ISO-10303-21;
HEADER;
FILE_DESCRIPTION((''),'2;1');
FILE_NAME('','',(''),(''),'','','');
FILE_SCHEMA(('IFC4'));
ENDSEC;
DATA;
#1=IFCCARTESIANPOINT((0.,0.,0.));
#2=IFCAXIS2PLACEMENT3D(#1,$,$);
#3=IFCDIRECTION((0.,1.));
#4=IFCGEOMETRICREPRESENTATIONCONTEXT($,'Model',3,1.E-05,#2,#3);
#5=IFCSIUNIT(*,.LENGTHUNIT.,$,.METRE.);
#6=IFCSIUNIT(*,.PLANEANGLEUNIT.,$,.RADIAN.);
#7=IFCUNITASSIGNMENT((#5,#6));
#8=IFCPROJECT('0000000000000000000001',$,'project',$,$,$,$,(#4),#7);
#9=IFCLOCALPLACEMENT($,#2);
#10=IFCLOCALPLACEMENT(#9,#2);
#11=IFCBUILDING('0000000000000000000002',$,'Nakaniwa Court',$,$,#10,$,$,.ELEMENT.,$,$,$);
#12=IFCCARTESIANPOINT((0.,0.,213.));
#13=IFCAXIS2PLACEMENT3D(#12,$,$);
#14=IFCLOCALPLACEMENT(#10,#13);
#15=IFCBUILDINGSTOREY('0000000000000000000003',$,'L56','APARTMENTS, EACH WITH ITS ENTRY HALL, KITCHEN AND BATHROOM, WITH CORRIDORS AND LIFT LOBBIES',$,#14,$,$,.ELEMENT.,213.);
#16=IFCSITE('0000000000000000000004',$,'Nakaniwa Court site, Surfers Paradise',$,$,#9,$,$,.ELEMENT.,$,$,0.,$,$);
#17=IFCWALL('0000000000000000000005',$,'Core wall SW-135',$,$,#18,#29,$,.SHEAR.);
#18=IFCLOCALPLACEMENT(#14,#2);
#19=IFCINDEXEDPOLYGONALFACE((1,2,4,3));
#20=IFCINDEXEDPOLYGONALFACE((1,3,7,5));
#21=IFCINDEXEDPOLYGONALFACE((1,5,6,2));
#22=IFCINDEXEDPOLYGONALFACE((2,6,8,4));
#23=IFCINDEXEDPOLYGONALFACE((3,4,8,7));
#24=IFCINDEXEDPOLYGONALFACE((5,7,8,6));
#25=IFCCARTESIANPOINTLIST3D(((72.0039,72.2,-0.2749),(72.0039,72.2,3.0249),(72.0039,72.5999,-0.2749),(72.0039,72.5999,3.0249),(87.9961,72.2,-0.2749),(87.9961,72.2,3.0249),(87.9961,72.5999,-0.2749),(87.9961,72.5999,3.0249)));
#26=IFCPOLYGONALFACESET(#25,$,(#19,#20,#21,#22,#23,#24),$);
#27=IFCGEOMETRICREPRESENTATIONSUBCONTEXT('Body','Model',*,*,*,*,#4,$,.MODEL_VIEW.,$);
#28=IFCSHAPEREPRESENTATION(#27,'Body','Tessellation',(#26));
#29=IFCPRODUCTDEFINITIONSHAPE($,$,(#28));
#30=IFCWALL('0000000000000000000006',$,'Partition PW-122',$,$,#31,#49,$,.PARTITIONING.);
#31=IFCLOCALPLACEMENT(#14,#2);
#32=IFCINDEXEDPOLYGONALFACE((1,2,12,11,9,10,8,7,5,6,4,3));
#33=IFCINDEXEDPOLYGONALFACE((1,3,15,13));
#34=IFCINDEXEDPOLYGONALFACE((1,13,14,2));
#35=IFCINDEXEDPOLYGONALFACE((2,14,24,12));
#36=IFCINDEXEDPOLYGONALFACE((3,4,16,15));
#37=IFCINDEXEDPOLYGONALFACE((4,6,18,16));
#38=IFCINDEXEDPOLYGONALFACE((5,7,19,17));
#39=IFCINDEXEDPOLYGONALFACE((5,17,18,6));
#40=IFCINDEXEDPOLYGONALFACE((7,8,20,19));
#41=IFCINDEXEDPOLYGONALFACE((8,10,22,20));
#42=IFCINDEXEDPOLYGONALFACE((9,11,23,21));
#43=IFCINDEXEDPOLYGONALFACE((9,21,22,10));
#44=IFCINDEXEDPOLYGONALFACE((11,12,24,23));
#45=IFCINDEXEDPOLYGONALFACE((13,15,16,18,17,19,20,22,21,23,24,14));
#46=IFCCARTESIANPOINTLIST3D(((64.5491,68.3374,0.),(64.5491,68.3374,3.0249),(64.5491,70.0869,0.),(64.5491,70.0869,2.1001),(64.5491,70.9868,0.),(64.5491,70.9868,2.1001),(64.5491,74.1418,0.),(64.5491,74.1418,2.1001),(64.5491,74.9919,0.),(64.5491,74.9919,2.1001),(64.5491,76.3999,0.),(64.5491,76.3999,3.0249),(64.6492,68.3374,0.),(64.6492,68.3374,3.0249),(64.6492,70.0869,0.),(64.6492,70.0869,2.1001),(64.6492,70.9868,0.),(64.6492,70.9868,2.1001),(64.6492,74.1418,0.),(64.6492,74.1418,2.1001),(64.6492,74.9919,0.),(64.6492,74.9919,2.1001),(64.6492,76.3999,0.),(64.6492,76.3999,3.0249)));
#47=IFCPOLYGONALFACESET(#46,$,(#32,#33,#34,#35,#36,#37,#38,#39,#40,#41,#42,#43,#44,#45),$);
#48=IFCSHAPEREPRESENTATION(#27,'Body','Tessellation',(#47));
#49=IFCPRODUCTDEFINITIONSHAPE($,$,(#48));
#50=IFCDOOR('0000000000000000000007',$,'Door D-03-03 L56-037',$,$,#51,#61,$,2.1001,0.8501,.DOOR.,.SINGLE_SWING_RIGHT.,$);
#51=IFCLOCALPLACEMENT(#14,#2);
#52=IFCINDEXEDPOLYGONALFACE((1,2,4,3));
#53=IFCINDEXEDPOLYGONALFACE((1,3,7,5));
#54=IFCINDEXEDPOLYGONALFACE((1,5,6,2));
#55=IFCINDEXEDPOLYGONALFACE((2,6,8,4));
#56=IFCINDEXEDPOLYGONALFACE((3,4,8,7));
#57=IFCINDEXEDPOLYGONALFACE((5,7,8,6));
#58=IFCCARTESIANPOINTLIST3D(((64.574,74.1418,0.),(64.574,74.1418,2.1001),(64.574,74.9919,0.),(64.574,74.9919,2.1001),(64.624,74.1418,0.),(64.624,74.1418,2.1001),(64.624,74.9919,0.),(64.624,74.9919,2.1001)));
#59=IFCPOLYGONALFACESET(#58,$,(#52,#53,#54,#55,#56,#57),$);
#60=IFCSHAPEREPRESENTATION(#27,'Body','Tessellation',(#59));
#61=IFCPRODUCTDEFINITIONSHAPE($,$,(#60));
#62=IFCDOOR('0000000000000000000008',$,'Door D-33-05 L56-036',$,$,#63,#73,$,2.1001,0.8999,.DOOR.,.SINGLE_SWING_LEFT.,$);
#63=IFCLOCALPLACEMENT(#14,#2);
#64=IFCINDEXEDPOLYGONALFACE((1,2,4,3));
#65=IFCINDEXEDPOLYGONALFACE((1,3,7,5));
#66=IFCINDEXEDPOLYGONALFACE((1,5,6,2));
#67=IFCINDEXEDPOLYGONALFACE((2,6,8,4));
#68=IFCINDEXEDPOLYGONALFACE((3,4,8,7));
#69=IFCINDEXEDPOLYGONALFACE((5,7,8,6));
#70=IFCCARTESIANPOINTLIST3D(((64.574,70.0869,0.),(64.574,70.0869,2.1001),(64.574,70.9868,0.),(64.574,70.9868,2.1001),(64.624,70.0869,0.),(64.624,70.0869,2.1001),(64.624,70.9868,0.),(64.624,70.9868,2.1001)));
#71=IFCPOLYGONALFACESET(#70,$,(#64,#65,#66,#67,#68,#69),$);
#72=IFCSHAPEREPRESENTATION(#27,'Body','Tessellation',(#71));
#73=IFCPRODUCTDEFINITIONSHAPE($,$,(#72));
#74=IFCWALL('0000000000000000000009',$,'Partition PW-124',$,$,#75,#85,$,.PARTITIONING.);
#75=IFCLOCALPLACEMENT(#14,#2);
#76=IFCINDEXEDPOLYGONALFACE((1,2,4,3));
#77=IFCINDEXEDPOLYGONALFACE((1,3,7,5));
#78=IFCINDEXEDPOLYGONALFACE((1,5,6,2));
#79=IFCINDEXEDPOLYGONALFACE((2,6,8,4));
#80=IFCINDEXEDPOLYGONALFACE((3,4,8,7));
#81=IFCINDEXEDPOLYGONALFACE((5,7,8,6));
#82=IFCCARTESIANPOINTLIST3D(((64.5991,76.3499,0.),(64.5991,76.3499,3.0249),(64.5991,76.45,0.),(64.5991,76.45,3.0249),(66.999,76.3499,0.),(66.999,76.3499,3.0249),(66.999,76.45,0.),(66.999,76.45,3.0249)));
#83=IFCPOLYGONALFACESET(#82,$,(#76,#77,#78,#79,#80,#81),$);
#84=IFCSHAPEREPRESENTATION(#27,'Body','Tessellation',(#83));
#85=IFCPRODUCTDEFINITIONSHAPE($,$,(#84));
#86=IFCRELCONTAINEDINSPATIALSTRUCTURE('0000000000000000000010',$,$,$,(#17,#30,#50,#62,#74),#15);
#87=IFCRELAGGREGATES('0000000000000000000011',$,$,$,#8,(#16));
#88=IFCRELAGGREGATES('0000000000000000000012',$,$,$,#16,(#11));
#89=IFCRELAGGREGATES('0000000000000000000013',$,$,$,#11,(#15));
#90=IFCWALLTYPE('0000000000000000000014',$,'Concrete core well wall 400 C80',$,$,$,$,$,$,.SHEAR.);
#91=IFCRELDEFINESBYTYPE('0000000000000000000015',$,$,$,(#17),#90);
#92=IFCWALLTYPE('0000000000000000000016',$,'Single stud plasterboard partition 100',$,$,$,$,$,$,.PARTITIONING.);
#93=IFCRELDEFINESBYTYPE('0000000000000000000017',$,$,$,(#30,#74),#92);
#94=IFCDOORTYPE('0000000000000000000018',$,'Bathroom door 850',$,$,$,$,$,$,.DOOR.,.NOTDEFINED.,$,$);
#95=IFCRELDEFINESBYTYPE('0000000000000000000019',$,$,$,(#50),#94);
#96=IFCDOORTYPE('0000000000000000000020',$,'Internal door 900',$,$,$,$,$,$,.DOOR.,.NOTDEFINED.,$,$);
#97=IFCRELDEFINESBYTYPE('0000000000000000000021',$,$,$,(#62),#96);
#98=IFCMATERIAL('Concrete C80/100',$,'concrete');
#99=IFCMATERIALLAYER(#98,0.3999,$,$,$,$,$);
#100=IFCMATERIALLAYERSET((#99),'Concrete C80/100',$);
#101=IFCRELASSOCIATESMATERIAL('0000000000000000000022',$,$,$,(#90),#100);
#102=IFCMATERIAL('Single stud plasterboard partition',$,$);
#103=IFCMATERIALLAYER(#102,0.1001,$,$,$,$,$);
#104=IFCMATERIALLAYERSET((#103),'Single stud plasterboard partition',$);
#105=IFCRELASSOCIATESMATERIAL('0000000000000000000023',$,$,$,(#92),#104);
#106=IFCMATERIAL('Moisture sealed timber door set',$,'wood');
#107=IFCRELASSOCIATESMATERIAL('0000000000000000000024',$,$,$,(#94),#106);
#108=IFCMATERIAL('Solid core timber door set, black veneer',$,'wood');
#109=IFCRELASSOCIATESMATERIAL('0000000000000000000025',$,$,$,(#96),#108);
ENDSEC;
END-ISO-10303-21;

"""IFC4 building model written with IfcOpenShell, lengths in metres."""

from ifc_helpers import new_model, si_unit, direction, frame, frame_2d, origin, place, context, subcontext, project, spatial, rectangle, extrude, material, layer, layer_set, type_object, element, fill, save


model = new_model("IFC4")

# Units and contexts
model_context = context("Model", 3, precision=1e-05, world=origin(), true_north=direction((0.0, 1.0)))
body_context = subcontext(model_context, "Body", "Model", "MODEL_VIEW")
ifc_project = project(units=[si_unit("LENGTHUNIT", "METRE"), si_unit("PLANEANGLEUNIT", "RADIAN")], contexts=[model_context])

# Site, building, storey
site_placement = place(None, origin())
site = spatial("IfcSite", under=ifc_project, at=site_placement, Name="Nakaniwa Court site, Surfers Paradise", CompositionType="ELEMENT", RefElevation=0.0)
building_placement = place(site_placement, origin())
building = spatial("IfcBuilding", under=site, at=building_placement, Name="Nakaniwa Court", CompositionType="ELEMENT")
storey_placement = place(building_placement, frame((0.0, 0.0, 213.0)))
storey = spatial("IfcBuildingStorey", under=building, at=storey_placement, Name="L56", Description="APARTMENTS, EACH WITH ITS ENTRY HALL, KITCHEN AND BATHROOM, WITH CORRIDORS AND LIFT LOBBIES", CompositionType="ELEMENT", Elevation=213.0)

# Shared definitions
ifc_material_1 = material(Name="Concrete C80/100", Category="concrete")

# Shared definitions
ifc_material_2 = material(Name="Solid core timber door set, black veneer", Category="wood")

# Wall
ifc_layer_1 = layer(ifc_material_1, 0.3999)
ifc_layer_set_1 = layer_set([ifc_layer_1], Name="Concrete C80/100")
wall_type_1 = type_object("IfcWallType", Name="Concrete core well wall 400 C80", PredefinedType="SHEAR", material=ifc_layer_set_1)
wall_1_placement = place(storey_placement, frame((72.0039, 72.3999, -0.2749), z_axis=(0.0, 0.0, 1.0), x_axis=(1.0, 0.0, 0.0)))
element("IfcWall", 1, at=wall_1_placement, inside=storey, type_object=wall_type_1, Name="Core wall SW-135", PredefinedType="SHEAR", context=body_context, shape_type="SweptSolid", body=[
    extrude(rectangle(XDim=15.9922, YDim=0.3999, at=frame_2d((7.9961, 0.0))), origin(), (0.0, 0.0, 1.0), 3.2998),
])

# Wall, openings, doors
ifc_material_3 = material(Name="Single stud plasterboard partition")
ifc_layer_2 = layer(ifc_material_3, 0.1001)
ifc_layer_set_2 = layer_set([ifc_layer_2], Name="Single stud plasterboard partition")
wall_type_2 = type_object("IfcWallType", Name="Single stud plasterboard partition 100", PredefinedType="PARTITIONING", material=ifc_layer_set_2)
wall_2_placement = place(storey_placement, frame((64.5991, 76.3999, 0.0), z_axis=(0.0, 0.0, 1.0), x_axis=(0.0, -1.0, 0.0)))
wall_2 = element("IfcWall", 2, at=wall_2_placement, inside=storey, type_object=wall_type_2, Name="Partition PW-122", PredefinedType="PARTITIONING", context=body_context, shape_type="SweptSolid", body=[
    extrude(rectangle(XDim=8.0625, YDim=0.1001, at=frame_2d((4.0312, 0.0))), origin(), (0.0, 0.0, 1.0), 3.0249),
])
opening_1_placement = place(wall_2_placement, frame((5.4131, 0.0, 0.0)))
opening_1 = element("IfcOpeningElement", 3, at=opening_1_placement, cuts=wall_2, PredefinedType="OPENING", context=body_context, shape_type="SweptSolid", body=[
    extrude(rectangle(XDim=0.8999, YDim=2.1001, at=frame_2d((0.45, 1.05))), frame((0.0, 0.0601, 0.0), z_axis=(0.0, -1.0, 0.0), x_axis=(1.0, 0.0, 0.0)), (0.0, 0.0, 1.0), 0.1201),
])
opening_2_placement = place(wall_2_placement, frame((1.408, 0.0, 0.0)))
opening_2 = element("IfcOpeningElement", 4, at=opening_2_placement, cuts=wall_2, PredefinedType="OPENING", context=body_context, shape_type="SweptSolid", body=[
    extrude(rectangle(XDim=0.8501, YDim=2.1001, at=frame_2d((0.425, 1.05))), frame((0.0, 0.0601, 0.0), z_axis=(0.0, -1.0, 0.0), x_axis=(1.0, 0.0, 0.0)), (0.0, 0.0, 1.0), 0.1201),
])
ifc_material_4 = material(Name="Moisture sealed timber door set", Category="wood")
door_type_1 = type_object("IfcDoorType", Name="Bathroom door 850", OperationType="NOTDEFINED", PredefinedType="DOOR", material=ifc_material_4)
door_1_placement = place(opening_2_placement, origin())
door_1 = element("IfcDoor", 5, at=door_1_placement, inside=storey, type_object=door_type_1, Name="Door D-03-03 L56-037", OperationType="SINGLE_SWING_RIGHT", OverallHeight=2.1001, OverallWidth=0.8501, PredefinedType="DOOR", context=body_context, shape_type="SweptSolid", body=[
    extrude(rectangle(XDim=0.8501, YDim=2.1001, at=frame_2d((0.425, 1.05))), frame((0.0, 0.0249, 0.0), z_axis=(0.0, -1.0, 0.0), x_axis=(1.0, 0.0, 0.0)), (0.0, 0.0, 1.0), 0.05),
])
fill(opening_2, door_1)
door_type_2 = type_object("IfcDoorType", Name="Internal door 900", OperationType="NOTDEFINED", PredefinedType="DOOR", material=ifc_material_2)
door_2_placement = place(opening_1_placement, origin())
door_2 = element("IfcDoor", 6, at=door_2_placement, inside=storey, type_object=door_type_2, Name="Door D-33-05 L56-036", OperationType="SINGLE_SWING_LEFT", OverallHeight=2.1001, OverallWidth=0.8999, PredefinedType="DOOR", context=body_context, shape_type="SweptSolid", body=[
    extrude(rectangle(XDim=0.8999, YDim=2.1001, at=frame_2d((0.45, 1.05))), frame((0.0, 0.0249, 0.0), z_axis=(0.0, -1.0, 0.0), x_axis=(1.0, 0.0, 0.0)), (0.0, 0.0, 1.0), 0.05),
])
fill(opening_1, door_2)

# Wall
wall_3_placement = place(storey_placement, frame((64.5991, 76.3999, 0.0), z_axis=(0.0, 0.0, 1.0), x_axis=(1.0, 0.0, 0.0)))
element("IfcWall", 7, at=wall_3_placement, inside=storey, type_object=wall_type_2, Name="Partition PW-124", PredefinedType="PARTITIONING", context=body_context, shape_type="SweptSolid", body=[
    extrude(rectangle(XDim=2.3999, YDim=0.1001, at=frame_2d((1.2, 0.0))), origin(), (0.0, 0.0, 1.0), 3.0249),
])

save(model, "model.ifc")
